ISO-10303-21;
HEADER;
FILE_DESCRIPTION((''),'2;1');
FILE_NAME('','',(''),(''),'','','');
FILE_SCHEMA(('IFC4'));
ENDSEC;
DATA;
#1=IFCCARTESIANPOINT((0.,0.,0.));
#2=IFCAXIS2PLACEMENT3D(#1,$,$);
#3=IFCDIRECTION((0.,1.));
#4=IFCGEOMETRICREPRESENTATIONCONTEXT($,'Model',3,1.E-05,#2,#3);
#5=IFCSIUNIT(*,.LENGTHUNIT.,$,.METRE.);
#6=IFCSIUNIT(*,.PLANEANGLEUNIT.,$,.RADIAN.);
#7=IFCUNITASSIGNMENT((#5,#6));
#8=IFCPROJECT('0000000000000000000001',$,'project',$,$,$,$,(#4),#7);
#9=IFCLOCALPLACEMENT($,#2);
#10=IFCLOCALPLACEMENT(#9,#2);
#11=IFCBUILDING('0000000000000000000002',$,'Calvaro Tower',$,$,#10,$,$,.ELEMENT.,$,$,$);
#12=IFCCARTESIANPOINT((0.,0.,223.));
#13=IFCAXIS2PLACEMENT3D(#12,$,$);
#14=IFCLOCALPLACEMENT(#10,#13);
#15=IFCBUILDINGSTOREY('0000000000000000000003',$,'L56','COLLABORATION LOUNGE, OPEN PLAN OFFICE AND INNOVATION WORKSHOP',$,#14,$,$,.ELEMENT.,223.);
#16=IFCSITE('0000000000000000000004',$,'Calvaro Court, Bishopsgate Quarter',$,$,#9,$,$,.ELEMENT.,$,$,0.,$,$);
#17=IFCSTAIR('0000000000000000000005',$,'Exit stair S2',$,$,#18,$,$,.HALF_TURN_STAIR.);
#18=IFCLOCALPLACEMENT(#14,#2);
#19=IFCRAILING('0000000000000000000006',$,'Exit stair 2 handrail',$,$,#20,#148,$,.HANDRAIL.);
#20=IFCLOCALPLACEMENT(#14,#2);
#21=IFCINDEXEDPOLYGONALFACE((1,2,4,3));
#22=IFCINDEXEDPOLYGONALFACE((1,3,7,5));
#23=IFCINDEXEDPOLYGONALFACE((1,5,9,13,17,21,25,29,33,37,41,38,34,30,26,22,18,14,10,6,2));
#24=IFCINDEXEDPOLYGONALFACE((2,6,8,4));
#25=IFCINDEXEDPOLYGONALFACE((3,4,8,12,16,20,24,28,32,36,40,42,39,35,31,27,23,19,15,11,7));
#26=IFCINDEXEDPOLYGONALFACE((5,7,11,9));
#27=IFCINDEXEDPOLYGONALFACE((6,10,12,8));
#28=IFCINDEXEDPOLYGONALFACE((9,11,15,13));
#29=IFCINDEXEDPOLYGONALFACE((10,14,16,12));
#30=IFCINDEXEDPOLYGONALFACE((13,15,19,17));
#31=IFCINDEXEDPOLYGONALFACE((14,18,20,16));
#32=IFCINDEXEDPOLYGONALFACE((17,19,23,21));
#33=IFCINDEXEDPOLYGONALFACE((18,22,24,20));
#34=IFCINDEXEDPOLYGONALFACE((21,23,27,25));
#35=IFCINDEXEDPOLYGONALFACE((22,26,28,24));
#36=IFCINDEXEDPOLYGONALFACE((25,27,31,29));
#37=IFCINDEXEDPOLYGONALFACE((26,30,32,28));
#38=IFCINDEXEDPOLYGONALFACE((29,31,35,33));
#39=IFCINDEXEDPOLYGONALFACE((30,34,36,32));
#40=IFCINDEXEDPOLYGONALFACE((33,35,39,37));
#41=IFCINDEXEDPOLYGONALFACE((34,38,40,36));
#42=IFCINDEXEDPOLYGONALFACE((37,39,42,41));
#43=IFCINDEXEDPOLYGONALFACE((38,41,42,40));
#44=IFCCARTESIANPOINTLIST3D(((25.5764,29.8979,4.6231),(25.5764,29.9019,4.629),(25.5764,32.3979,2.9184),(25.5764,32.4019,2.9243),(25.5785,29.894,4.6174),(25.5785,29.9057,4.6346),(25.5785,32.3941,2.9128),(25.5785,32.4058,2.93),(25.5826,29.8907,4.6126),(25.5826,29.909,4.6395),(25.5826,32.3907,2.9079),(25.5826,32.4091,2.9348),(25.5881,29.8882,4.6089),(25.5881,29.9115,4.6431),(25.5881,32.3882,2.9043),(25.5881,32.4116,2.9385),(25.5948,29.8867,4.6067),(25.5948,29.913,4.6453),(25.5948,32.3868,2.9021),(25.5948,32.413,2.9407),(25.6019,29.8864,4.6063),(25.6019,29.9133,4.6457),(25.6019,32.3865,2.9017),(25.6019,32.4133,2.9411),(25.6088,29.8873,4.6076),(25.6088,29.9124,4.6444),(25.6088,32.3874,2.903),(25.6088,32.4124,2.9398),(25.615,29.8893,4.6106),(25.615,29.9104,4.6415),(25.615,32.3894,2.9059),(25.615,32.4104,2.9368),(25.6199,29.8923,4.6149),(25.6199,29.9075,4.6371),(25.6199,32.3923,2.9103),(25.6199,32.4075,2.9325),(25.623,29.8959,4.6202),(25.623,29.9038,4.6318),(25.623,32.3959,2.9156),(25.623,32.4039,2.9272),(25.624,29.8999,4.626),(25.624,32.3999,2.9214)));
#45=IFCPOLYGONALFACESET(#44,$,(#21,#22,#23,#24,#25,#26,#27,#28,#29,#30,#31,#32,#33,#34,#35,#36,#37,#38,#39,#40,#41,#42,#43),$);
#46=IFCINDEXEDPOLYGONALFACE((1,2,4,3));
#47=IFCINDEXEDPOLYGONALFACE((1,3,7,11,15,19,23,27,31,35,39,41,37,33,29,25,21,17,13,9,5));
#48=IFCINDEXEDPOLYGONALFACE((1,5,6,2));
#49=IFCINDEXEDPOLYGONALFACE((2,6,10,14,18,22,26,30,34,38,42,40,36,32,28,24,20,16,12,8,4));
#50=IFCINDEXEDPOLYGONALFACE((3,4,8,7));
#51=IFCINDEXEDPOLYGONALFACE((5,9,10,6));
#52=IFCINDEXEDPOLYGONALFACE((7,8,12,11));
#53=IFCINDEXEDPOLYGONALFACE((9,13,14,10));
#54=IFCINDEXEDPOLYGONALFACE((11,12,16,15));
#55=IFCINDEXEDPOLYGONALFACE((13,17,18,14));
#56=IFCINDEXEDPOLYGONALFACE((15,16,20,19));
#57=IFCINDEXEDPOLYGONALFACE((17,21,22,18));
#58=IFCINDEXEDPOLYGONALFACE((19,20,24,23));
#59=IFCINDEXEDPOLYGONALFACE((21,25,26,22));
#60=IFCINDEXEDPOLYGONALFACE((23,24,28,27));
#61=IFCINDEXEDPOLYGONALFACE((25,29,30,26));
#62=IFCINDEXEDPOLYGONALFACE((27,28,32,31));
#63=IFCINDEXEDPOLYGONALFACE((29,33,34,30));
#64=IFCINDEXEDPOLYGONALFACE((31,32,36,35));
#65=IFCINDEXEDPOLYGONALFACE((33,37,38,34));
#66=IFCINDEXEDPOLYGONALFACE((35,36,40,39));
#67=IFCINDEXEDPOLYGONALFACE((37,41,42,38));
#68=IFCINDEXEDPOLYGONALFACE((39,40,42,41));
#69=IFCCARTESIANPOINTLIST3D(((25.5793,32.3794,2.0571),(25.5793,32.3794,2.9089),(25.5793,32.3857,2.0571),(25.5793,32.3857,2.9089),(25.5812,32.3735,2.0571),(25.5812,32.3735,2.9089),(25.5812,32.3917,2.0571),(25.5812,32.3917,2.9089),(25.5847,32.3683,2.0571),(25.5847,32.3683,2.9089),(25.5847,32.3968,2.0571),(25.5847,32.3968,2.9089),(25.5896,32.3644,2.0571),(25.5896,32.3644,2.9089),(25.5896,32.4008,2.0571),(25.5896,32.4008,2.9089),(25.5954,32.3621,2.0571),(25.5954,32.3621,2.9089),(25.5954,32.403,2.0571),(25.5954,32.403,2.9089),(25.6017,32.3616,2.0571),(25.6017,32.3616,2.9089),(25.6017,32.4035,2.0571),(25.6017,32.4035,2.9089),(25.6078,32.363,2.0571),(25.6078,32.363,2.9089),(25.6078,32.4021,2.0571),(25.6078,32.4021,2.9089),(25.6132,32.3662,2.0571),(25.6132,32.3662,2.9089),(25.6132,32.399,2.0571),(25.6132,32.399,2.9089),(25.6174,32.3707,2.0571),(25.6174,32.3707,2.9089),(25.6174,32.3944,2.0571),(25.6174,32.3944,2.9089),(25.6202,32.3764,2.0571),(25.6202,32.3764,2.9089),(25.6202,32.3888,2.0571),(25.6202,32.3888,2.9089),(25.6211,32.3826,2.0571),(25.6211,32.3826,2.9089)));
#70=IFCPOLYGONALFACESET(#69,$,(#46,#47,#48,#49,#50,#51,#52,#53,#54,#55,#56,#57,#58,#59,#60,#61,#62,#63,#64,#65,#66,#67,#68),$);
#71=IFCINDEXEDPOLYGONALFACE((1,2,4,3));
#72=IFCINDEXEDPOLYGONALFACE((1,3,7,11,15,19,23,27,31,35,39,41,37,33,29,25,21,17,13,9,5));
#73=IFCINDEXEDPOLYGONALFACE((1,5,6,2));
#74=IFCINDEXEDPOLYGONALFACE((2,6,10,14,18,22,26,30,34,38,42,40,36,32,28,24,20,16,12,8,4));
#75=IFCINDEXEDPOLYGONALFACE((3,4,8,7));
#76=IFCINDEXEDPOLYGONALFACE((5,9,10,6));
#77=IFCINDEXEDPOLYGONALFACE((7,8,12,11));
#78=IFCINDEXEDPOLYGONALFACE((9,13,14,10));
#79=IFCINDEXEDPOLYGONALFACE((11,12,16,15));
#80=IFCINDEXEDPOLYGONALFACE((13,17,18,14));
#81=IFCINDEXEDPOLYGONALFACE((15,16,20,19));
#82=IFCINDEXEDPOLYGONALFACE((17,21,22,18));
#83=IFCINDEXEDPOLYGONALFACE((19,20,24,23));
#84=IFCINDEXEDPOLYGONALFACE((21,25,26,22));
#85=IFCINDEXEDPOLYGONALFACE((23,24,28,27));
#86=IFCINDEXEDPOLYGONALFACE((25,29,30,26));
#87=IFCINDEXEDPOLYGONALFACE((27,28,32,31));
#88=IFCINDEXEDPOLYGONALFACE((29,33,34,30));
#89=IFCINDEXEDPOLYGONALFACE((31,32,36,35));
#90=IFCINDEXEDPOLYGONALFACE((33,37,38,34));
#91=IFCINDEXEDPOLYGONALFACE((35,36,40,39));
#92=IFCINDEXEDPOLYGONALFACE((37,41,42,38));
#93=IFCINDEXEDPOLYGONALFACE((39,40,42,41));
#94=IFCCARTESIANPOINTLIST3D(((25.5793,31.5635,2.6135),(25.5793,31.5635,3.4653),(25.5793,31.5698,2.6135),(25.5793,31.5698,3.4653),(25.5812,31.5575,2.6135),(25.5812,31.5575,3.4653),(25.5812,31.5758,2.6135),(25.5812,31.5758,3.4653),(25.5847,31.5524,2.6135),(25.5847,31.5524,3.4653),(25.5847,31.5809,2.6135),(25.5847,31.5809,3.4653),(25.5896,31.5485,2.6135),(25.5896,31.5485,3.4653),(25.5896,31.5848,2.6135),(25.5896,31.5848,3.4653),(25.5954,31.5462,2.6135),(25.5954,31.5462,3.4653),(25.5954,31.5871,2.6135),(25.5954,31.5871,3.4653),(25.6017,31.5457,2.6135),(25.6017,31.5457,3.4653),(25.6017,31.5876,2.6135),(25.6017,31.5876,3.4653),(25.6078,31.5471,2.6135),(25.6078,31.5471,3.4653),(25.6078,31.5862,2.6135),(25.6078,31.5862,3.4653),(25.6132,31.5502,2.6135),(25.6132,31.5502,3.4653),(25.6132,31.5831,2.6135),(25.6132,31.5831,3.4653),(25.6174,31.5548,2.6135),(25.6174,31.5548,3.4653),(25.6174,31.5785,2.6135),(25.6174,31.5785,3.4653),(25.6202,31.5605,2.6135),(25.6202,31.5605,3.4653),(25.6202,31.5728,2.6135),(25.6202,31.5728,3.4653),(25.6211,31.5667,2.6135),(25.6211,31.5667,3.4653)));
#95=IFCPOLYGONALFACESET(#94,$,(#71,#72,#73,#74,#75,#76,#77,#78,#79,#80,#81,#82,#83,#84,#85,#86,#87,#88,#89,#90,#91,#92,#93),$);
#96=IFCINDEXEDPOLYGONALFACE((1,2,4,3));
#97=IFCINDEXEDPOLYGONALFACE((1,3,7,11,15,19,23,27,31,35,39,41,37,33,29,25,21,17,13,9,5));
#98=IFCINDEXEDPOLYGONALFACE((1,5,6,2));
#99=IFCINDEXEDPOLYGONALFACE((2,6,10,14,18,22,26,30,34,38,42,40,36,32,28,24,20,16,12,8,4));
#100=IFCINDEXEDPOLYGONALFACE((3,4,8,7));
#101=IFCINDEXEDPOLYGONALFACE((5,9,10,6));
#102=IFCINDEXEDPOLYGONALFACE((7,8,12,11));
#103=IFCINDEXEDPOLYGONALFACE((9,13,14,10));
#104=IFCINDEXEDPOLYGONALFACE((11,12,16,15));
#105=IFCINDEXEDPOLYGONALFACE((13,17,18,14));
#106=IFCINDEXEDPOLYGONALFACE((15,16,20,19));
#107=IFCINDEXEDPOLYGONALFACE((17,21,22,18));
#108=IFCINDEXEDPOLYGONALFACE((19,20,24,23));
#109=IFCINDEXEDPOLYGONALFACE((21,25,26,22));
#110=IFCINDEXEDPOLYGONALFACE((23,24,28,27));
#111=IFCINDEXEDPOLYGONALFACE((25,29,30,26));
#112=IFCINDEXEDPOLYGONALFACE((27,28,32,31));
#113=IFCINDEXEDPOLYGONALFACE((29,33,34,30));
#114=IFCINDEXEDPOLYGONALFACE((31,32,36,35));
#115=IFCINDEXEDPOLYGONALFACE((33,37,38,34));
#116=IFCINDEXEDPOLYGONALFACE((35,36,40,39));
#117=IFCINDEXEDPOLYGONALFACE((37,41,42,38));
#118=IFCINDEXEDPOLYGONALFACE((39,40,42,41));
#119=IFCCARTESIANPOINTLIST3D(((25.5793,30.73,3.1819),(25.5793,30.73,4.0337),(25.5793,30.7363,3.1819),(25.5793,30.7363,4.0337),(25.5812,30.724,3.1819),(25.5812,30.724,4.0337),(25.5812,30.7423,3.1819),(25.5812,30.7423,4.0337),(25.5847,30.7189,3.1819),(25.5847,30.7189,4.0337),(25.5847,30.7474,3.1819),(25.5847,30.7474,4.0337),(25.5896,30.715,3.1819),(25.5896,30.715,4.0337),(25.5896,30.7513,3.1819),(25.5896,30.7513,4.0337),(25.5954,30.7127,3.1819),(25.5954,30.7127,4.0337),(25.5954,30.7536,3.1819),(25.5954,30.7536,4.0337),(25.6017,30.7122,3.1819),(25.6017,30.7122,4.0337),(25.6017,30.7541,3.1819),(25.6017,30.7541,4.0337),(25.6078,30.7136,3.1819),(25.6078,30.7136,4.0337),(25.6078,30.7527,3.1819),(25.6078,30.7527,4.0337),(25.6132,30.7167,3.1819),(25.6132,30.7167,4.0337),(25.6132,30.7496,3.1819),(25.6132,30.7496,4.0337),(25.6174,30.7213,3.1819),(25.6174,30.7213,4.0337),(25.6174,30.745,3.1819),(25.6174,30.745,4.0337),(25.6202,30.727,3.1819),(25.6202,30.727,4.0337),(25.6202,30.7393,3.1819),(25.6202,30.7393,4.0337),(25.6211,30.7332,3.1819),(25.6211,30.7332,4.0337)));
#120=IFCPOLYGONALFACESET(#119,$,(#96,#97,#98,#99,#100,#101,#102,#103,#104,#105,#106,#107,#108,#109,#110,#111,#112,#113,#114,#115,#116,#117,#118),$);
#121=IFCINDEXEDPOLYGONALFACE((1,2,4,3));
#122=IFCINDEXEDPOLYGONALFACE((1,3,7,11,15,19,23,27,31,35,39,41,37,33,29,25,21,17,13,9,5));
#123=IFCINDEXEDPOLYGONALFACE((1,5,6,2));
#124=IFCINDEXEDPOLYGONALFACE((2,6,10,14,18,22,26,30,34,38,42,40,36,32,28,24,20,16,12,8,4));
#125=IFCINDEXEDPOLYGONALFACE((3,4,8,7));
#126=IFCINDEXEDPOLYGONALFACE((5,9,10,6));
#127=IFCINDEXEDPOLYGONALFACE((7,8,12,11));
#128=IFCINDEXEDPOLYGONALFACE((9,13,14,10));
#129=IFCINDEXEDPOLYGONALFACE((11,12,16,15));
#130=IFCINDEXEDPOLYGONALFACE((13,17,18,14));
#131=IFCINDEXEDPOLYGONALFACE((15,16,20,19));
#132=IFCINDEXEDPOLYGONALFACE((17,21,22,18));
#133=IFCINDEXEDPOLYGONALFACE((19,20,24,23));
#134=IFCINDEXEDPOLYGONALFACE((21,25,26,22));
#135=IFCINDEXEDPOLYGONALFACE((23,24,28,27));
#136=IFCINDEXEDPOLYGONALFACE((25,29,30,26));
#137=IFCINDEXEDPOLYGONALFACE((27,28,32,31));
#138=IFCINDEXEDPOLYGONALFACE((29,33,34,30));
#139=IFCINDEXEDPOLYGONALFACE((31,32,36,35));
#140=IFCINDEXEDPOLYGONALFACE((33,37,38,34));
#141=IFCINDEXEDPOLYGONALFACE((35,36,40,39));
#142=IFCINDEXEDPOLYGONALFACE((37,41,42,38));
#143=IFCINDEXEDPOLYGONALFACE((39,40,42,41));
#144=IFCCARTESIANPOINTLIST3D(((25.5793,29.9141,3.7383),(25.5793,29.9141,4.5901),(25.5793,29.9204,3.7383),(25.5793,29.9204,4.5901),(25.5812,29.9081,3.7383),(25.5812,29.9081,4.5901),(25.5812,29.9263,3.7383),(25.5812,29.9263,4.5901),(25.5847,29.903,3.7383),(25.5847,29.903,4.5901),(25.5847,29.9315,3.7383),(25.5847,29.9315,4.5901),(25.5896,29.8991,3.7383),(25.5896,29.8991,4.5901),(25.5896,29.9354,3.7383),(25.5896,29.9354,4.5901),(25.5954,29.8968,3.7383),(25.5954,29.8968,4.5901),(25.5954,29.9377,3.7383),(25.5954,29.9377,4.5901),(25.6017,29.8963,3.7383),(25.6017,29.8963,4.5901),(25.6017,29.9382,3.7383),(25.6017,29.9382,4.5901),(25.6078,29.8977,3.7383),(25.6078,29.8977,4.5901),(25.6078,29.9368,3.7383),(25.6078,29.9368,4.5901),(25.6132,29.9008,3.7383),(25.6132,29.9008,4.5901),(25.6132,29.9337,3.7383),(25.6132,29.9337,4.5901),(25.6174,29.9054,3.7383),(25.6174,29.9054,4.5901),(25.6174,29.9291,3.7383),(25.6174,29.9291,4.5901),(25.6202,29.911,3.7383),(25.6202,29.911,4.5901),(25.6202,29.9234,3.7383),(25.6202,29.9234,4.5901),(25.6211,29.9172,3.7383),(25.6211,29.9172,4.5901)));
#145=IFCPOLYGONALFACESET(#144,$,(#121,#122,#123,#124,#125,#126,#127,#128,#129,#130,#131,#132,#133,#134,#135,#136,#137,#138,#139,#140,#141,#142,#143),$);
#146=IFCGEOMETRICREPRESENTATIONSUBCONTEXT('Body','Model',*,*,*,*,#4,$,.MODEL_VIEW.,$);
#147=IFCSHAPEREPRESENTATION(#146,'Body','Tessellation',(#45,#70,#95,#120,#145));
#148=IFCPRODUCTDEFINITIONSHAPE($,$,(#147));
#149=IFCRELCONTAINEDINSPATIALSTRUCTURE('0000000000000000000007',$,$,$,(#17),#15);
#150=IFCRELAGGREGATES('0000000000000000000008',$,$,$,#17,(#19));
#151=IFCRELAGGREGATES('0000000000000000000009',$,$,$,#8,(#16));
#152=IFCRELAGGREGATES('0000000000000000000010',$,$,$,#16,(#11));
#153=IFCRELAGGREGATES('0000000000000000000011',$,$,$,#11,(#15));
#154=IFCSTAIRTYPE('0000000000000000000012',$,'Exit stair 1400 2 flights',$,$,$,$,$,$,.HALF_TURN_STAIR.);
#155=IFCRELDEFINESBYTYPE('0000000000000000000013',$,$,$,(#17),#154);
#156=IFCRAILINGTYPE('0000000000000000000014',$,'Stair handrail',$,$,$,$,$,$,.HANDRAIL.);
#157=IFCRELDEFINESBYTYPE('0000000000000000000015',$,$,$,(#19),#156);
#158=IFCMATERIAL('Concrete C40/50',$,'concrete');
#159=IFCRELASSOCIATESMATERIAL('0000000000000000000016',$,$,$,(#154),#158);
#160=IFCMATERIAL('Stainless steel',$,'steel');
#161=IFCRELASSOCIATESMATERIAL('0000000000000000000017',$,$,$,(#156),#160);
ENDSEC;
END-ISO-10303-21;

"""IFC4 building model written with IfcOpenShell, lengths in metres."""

from ifc_helpers import new_model, si_unit, direction, frame, origin, origin_2d, place, context, subcontext, project, spatial, circle, extrude, material, type_object, element, aggregate, save


model = new_model("IFC4")

# Units and contexts
model_context = context("Model", 3, precision=1e-05, world=origin(), true_north=direction((0.0, 1.0)))
body_context = subcontext(model_context, "Body", "Model", "MODEL_VIEW")
ifc_project = project(units=[si_unit("LENGTHUNIT", "METRE"), si_unit("PLANEANGLEUNIT", "RADIAN")], contexts=[model_context])

# Site, building, storey
site_placement = place(None, origin())
site = spatial("IfcSite", under=ifc_project, at=site_placement, Name="Calvaro Court, Bishopsgate Quarter", CompositionType="ELEMENT", RefElevation=0.0)
building_placement = place(site_placement, origin())
building = spatial("IfcBuilding", under=site, at=building_placement, Name="Calvaro Tower", CompositionType="ELEMENT")
storey_placement = place(building_placement, frame((0.0, 0.0, 223.0)))
storey = spatial("IfcBuildingStorey", under=building, at=storey_placement, Name="L56", Description="COLLABORATION LOUNGE, OPEN PLAN OFFICE AND INNOVATION WORKSHOP", CompositionType="ELEMENT", Elevation=223.0)

# Shared definitions
ifc_material_1 = material(Name="Concrete C40/50", Category="concrete")
stair_type = type_object("IfcStairType", Name="Exit stair 1400 2 flights", PredefinedType="HALF_TURN_STAIR", material=ifc_material_1)
ifc_material_2 = material(Name="Stainless steel", Category="steel")
railing_type = type_object("IfcRailingType", Name="Stair handrail", PredefinedType="HANDRAIL", material=ifc_material_2)

# Stair, railing
stair_1_placement = place(storey_placement, origin())
stair_1 = element("IfcStair", 1, at=stair_1_placement, inside=storey, type_object=stair_type, Name="Exit stair S2", PredefinedType="HALF_TURN_STAIR")
railing_1_placement = place(storey_placement, frame((25.6001, 32.3999, 2.0454)))
railing_1 = element("IfcRailing", 2, at=railing_1_placement, type_object=railing_type, Name="Exit stair 2 handrail", PredefinedType="HANDRAIL", context=body_context, shape_type="SweptSolid", body=[
    extrude(circle(Radius=0.0239, at=origin_2d()), frame((0.0, 0.0, 0.876), z_axis=(0.0, -0.826221, 0.563347), x_axis=(1.0, 0.0, 0.0)), (0.0, 0.0, 1.0), 3.0259),
    extrude(circle(Radius=0.021, at=origin_2d()), frame((0.0, -0.0173, 0.0117)), (0.0, 0.0, 1.0), 0.8518),
    extrude(circle(Radius=0.021, at=origin_2d()), frame((0.0, -0.8333, 0.5681)), (0.0, 0.0, 1.0), 0.8518),
    extrude(circle(Radius=0.021, at=origin_2d()), frame((0.0, -1.6667, 1.1365)), (0.0, 0.0, 1.0), 0.8518),
    extrude(circle(Radius=0.021, at=origin_2d()), frame((0.0, -2.4827, 1.6929)), (0.0, 0.0, 1.0), 0.8518),
])
aggregate(stair_1, [railing_1])

save(model, "model.ifc")
